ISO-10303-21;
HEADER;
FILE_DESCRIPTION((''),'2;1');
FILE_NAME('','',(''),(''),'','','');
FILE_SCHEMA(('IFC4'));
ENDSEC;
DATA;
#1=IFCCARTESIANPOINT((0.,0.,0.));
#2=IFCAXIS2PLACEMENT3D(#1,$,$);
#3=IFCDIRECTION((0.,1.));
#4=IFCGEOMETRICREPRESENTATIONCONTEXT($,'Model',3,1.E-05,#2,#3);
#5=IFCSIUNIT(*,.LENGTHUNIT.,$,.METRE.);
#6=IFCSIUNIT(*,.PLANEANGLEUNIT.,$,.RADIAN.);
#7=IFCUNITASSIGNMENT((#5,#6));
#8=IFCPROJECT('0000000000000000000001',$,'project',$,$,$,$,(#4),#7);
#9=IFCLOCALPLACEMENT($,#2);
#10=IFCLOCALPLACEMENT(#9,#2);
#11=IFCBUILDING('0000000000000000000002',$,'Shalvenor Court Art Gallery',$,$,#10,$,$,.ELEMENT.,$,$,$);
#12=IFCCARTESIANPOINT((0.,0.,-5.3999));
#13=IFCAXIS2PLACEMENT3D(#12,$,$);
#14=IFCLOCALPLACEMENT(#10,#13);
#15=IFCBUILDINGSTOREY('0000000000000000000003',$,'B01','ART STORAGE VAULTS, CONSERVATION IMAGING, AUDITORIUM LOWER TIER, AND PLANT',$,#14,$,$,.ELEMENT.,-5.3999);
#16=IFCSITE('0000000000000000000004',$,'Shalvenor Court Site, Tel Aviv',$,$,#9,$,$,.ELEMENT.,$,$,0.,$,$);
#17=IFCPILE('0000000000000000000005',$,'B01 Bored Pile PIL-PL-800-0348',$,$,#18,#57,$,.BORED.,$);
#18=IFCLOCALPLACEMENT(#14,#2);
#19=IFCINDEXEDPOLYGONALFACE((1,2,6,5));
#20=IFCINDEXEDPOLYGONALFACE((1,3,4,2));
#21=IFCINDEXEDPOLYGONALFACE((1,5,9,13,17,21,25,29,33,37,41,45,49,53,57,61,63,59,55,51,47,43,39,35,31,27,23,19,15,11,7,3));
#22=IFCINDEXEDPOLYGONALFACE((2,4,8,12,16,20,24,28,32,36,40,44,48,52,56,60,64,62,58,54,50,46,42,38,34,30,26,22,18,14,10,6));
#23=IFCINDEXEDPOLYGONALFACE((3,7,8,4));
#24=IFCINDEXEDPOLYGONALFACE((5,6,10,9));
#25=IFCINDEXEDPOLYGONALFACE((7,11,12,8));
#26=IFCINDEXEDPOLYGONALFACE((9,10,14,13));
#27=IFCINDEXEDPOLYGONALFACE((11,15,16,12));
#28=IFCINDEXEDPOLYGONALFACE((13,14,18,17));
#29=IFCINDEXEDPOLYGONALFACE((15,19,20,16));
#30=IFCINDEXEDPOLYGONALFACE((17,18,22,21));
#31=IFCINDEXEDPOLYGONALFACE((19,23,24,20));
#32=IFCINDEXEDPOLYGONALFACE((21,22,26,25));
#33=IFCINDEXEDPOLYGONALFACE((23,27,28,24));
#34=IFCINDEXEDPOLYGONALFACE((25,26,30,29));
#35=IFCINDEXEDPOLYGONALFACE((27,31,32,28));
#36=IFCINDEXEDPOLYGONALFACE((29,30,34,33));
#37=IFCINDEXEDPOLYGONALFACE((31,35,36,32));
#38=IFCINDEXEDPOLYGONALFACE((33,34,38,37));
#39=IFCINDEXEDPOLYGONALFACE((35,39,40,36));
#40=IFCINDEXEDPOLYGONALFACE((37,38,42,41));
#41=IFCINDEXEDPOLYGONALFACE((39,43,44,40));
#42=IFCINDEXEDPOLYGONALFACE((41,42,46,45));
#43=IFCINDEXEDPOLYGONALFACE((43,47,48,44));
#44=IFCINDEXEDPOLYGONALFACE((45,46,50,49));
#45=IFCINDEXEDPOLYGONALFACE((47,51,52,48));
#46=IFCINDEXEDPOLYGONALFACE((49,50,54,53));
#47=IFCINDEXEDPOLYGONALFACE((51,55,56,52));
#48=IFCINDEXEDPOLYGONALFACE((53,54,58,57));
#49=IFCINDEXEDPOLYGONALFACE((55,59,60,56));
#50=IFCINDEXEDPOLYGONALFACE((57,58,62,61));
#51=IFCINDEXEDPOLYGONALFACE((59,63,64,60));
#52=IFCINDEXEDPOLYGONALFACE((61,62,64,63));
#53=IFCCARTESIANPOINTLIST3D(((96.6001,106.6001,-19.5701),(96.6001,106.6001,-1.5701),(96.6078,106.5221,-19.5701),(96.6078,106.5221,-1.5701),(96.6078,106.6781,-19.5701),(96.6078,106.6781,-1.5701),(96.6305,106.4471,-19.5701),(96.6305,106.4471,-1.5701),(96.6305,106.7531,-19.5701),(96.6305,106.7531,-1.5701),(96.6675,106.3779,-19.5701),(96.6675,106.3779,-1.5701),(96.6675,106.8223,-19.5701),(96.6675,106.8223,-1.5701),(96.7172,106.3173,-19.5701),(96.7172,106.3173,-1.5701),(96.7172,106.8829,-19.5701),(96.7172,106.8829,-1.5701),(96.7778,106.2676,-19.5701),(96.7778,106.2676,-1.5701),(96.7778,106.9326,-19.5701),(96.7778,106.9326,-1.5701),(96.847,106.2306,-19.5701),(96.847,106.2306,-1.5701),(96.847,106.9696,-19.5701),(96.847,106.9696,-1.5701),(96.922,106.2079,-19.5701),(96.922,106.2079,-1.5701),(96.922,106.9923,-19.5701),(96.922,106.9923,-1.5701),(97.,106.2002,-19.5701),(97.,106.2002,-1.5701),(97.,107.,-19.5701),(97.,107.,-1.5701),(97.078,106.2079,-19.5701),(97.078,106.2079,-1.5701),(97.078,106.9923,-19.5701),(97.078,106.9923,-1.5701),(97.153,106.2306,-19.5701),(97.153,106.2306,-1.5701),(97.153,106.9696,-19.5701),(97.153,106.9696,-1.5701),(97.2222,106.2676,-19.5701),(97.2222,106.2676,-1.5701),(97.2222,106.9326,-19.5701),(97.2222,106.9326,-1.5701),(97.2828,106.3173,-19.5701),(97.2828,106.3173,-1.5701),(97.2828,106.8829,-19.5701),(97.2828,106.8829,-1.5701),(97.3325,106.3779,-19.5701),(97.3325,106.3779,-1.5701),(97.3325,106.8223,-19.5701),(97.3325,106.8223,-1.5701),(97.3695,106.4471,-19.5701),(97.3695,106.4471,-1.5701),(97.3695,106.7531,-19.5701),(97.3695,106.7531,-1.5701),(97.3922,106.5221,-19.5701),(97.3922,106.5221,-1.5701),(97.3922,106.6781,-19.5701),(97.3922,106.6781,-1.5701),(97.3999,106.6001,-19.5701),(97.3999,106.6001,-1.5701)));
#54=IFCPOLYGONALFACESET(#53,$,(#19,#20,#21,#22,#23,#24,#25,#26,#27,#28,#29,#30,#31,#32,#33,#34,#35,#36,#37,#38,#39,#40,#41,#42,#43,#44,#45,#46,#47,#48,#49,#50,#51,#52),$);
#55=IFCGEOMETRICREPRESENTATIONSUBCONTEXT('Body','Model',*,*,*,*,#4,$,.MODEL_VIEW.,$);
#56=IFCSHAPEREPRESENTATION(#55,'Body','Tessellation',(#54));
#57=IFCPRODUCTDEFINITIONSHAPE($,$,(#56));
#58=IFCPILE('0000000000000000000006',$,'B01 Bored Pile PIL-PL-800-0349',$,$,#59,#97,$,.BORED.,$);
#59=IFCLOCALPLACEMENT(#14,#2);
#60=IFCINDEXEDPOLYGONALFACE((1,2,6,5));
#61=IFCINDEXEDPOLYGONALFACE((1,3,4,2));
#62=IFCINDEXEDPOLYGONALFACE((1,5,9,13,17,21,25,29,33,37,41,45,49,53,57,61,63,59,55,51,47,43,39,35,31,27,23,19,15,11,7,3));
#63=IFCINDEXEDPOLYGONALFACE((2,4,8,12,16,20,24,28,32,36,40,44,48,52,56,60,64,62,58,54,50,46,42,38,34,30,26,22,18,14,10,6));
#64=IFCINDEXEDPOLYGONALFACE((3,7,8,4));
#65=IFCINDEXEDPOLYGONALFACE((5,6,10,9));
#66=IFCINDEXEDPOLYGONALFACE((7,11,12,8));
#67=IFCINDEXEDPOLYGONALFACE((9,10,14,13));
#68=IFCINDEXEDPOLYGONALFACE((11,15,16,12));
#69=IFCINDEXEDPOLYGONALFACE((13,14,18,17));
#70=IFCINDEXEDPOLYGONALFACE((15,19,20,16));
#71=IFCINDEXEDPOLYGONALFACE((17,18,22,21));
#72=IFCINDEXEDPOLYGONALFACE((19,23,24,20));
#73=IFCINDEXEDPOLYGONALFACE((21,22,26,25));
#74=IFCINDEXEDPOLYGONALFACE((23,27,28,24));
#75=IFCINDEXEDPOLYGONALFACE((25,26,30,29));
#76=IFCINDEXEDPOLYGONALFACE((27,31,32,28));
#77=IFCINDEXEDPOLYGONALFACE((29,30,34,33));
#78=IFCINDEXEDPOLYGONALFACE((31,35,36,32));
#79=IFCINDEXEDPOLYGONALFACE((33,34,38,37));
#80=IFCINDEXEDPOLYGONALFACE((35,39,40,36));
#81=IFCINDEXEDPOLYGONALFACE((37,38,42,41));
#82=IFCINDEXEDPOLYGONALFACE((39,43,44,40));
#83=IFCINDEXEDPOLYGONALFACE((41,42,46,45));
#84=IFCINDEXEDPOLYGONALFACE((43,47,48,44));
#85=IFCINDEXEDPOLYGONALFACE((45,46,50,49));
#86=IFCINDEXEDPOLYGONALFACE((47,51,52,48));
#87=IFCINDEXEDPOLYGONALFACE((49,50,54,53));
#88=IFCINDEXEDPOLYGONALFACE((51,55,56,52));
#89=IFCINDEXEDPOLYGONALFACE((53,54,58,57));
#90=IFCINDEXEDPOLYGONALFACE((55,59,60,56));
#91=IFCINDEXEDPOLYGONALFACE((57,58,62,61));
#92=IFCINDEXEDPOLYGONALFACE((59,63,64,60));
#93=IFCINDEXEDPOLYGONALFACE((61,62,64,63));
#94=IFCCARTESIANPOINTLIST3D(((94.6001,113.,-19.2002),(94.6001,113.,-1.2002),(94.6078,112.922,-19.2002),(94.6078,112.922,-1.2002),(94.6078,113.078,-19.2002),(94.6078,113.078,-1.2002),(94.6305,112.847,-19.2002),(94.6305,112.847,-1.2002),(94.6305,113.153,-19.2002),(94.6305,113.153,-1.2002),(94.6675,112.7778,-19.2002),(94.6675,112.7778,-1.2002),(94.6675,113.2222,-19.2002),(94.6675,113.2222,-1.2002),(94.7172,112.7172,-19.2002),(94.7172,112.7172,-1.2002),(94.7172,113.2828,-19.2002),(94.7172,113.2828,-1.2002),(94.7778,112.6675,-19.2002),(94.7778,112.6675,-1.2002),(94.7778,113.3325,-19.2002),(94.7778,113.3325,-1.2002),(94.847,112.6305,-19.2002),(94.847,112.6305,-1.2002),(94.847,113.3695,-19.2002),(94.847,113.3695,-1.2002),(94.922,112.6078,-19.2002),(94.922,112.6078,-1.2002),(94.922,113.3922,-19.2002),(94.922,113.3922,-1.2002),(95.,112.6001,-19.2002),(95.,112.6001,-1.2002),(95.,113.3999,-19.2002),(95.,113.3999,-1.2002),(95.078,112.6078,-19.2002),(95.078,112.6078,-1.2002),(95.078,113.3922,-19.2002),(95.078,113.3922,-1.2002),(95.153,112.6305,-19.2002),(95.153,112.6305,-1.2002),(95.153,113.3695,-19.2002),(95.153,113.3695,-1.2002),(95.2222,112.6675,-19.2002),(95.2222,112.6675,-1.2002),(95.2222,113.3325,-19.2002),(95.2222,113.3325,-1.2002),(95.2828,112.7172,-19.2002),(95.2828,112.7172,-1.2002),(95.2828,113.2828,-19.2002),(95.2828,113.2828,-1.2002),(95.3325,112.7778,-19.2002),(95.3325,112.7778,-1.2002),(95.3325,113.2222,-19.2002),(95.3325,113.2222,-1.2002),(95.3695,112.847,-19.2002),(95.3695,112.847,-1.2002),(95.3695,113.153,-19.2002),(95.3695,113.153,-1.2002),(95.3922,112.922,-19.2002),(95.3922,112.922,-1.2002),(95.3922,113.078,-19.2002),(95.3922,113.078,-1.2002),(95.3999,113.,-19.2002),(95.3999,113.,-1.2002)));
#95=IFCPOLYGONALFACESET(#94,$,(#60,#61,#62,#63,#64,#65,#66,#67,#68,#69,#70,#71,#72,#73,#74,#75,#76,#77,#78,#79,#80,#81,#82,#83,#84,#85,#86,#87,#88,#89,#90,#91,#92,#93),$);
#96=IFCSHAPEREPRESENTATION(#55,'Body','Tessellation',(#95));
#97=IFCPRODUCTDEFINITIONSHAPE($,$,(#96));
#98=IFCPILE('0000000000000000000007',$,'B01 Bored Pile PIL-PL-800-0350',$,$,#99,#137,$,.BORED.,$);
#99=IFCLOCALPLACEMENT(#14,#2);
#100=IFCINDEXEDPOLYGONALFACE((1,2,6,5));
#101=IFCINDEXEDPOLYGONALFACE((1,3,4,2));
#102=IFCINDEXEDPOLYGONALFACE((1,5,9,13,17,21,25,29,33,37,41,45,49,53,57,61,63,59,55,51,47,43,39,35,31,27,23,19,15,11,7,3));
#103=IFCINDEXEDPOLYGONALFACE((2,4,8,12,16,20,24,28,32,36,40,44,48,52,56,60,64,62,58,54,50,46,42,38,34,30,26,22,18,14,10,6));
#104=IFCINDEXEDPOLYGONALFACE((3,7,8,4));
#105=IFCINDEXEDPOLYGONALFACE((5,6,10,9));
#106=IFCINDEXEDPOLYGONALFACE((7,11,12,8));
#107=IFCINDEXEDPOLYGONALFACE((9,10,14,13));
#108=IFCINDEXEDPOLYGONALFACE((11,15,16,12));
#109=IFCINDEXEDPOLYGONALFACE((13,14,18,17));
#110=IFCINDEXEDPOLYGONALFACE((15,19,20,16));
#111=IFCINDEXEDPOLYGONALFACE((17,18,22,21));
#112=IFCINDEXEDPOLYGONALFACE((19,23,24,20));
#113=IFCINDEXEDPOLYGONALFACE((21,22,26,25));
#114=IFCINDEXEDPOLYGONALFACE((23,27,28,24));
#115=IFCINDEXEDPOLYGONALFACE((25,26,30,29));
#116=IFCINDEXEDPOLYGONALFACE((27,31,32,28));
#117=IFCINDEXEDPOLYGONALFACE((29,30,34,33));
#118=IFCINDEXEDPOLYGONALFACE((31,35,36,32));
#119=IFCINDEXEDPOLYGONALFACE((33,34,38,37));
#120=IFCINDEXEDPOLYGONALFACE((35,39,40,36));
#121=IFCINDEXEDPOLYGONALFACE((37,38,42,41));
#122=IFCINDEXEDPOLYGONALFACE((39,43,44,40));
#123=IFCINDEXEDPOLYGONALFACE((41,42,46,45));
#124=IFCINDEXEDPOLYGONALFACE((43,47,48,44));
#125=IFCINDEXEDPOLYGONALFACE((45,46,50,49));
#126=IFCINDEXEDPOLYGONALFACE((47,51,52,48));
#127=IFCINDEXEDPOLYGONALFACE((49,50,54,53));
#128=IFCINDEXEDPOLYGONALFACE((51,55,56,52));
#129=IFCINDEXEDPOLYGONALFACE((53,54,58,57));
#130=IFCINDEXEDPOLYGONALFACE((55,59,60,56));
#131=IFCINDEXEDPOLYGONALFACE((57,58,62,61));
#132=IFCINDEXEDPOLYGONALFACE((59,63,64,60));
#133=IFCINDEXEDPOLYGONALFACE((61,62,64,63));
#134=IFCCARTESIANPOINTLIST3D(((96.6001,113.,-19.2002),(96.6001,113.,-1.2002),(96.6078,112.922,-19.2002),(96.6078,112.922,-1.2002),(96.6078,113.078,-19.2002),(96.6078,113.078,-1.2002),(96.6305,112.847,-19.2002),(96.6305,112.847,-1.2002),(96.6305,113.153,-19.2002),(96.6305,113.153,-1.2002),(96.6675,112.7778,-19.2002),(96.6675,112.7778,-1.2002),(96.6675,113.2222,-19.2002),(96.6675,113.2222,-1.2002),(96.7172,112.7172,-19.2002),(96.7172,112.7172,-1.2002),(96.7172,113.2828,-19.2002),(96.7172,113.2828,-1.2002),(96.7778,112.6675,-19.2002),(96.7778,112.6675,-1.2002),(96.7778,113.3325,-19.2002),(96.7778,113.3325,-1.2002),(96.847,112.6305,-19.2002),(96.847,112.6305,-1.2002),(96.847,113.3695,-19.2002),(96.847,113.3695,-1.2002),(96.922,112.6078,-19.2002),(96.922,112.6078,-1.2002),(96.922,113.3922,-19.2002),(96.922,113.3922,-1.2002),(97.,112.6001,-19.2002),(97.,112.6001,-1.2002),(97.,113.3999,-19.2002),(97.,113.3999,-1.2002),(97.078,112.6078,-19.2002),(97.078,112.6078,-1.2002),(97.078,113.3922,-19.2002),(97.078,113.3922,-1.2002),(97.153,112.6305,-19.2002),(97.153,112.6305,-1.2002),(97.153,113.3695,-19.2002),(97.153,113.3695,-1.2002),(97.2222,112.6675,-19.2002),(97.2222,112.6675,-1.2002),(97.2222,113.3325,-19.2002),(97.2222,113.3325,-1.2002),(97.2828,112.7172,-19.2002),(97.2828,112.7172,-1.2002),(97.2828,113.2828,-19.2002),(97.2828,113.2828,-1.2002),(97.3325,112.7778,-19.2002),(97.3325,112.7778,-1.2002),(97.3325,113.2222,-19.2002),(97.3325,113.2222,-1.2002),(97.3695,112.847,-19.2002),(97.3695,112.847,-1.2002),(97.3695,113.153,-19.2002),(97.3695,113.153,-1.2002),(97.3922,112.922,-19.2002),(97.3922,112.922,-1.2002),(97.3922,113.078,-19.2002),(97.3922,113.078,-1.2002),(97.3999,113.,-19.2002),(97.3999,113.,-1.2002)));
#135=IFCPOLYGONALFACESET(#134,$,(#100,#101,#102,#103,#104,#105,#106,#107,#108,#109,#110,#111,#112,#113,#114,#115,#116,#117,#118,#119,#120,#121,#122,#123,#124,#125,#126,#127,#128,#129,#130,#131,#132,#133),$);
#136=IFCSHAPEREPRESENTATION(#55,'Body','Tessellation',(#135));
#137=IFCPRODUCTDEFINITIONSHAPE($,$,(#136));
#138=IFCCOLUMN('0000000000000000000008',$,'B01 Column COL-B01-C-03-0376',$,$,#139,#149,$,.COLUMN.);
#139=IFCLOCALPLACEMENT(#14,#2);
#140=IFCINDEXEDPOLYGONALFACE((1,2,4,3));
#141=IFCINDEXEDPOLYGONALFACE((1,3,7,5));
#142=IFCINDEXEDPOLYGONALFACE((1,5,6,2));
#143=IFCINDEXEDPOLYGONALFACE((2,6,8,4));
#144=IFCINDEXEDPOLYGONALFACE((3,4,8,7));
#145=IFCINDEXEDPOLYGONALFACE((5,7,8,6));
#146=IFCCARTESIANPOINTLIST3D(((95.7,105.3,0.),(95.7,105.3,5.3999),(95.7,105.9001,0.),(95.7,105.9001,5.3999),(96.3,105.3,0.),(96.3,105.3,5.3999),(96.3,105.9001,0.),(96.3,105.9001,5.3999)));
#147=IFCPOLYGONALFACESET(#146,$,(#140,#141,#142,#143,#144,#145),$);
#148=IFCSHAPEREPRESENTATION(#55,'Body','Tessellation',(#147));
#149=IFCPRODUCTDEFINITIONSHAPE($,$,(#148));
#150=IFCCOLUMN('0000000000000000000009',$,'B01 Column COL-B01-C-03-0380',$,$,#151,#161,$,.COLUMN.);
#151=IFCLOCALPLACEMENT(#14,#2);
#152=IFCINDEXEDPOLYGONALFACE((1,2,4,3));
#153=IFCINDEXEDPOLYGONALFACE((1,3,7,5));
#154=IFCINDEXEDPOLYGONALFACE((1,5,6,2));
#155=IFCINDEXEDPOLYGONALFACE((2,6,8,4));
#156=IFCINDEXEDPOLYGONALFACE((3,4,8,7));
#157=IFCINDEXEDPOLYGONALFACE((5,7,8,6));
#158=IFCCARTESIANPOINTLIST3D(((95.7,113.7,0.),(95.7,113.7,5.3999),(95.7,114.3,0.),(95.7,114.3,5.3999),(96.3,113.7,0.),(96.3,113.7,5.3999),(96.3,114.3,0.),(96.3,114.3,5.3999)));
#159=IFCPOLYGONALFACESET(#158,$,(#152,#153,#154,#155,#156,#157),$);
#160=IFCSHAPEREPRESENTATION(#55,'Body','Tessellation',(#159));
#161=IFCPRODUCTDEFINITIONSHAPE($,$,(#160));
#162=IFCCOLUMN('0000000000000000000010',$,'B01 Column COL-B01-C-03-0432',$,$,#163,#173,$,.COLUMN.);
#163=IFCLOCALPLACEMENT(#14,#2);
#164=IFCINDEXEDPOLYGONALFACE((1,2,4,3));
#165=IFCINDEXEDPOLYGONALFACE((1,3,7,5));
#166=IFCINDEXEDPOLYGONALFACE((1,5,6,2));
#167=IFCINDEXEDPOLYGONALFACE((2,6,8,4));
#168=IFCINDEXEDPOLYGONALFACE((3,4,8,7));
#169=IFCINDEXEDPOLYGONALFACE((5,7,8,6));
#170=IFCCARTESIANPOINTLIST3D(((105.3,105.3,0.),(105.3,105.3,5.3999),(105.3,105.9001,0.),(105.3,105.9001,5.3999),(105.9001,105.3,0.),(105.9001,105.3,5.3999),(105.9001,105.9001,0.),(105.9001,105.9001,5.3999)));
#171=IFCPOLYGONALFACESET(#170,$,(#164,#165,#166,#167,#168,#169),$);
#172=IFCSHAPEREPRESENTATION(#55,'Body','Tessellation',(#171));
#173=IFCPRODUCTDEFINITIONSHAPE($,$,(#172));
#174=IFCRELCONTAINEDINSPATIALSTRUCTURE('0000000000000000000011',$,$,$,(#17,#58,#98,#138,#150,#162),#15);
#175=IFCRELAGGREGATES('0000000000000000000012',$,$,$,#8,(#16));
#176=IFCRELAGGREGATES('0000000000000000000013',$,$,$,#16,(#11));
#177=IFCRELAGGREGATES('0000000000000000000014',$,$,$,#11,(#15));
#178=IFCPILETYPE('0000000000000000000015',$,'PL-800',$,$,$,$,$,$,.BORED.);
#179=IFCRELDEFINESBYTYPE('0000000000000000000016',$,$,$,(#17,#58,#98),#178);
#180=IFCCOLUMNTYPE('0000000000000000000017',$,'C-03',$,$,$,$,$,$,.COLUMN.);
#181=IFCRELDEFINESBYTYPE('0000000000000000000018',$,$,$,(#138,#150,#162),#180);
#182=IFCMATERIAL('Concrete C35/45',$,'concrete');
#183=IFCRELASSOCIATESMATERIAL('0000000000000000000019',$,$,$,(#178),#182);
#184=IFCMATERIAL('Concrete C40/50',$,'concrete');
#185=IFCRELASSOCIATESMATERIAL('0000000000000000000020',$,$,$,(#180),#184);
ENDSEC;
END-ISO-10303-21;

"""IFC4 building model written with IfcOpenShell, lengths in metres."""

from ifc_helpers import new_model, si_unit, direction, frame, origin, origin_2d, place, context, subcontext, project, spatial, rectangle, circle, extrude, material, material_profile, profile_set, type_object, element, save


model = new_model("IFC4")

# Units and contexts
model_context = context("Model", 3, precision=1e-05, world=origin(), true_north=direction((0.0, 1.0)))
body_context = subcontext(model_context, "Body", "Model", "MODEL_VIEW")
ifc_project = project(units=[si_unit("LENGTHUNIT", "METRE"), si_unit("PLANEANGLEUNIT", "RADIAN")], contexts=[model_context])

# Site, building, storey
site_placement = place(None, origin())
site = spatial("IfcSite", under=ifc_project, at=site_placement, Name="Shalvenor Court Site, Tel Aviv", CompositionType="ELEMENT", RefElevation=0.0)
building_placement = place(site_placement, origin())
building = spatial("IfcBuilding", under=site, at=building_placement, Name="Shalvenor Court Art Gallery", CompositionType="ELEMENT")
storey_placement = place(building_placement, frame((0.0, 0.0, -5.3999)))
storey = spatial("IfcBuildingStorey", under=building, at=storey_placement, Name="B01", Description="ART STORAGE VAULTS, CONSERVATION IMAGING, AUDITORIUM LOWER TIER, AND PLANT", CompositionType="ELEMENT", Elevation=-5.3999)

# Piles
ifc_material_1 = material(Name="Concrete C35/45", Category="concrete")
ifc_material_profile_1 = material_profile(ifc_material_1, circle(Radius=0.3999, at=origin_2d()), Name="PILE 800")
ifc_profile_set_1 = profile_set([ifc_material_profile_1], Name="Concrete C35/45")
pile_type_1 = type_object("IfcPileType", Name="PL-800", PredefinedType="BORED", material=ifc_profile_set_1)
for number, where, z_axis, x_axis, name in (
    (1, (97.0, 106.6001, -1.5701), (0.0, 0.0, -1.0), (1.0, 0.0, 0.0), "B01 Bored Pile PIL-PL-800-0348"),
    (2, (95.0, 113.0, -1.2002), (0.0, 0.0, -1.0), (1.0, 0.0, 0.0), "B01 Bored Pile PIL-PL-800-0349"),
    (3, (97.0, 113.0, -1.2002), (0.0, 0.0, -1.0), (1.0, 0.0, 0.0), "B01 Bored Pile PIL-PL-800-0350"),
):
    element("IfcPile", number, at=place(storey_placement, frame(where, z_axis=z_axis, x_axis=x_axis)), inside=storey, type_object=pile_type_1, Name=name, PredefinedType="BORED", context=body_context, shape_type="SweptSolid", body=[
        extrude(circle(Radius=0.3999, at=origin_2d()), origin(), (0.0, 0.0, 1.0), 18.0),
    ])

# Columns
ifc_material_2 = material(Name="Concrete C40/50", Category="concrete")
ifc_material_profile_2 = material_profile(ifc_material_2, rectangle(XDim=0.6001, YDim=0.6001, at=origin_2d()), Name="RC 600x600")
ifc_profile_set_2 = profile_set([ifc_material_profile_2], Name="Concrete C40/50")
column_type = type_object("IfcColumnType", Name="C-03", PredefinedType="COLUMN", material=ifc_profile_set_2)
for number, where, z_axis, x_axis, name in (
    (4, (96.0, 105.6001, 0.0), (0.0, 0.0, 1.0), (1.0, 0.0, 0.0), "B01 Column COL-B01-C-03-0376"),
    (5, (96.0, 114.0, 0.0), (0.0, 0.0, 1.0), (1.0, 0.0, 0.0), "B01 Column COL-B01-C-03-0380"),
    (6, (105.6001, 105.6001, 0.0), (0.0, 0.0, 1.0), (1.0, 0.0, 0.0), "B01 Column COL-B01-C-03-0432"),
):
    element("IfcColumn", number, at=place(storey_placement, frame(where, z_axis=z_axis, x_axis=x_axis)), inside=storey, type_object=column_type, Name=name, PredefinedType="COLUMN", context=body_context, shape_type="SweptSolid", body=[
        extrude(rectangle(XDim=0.6001, YDim=0.6001, at=origin_2d()), origin(), (0.0, 0.0, 1.0), 5.3999),
    ])

save(model, "model.ifc")
